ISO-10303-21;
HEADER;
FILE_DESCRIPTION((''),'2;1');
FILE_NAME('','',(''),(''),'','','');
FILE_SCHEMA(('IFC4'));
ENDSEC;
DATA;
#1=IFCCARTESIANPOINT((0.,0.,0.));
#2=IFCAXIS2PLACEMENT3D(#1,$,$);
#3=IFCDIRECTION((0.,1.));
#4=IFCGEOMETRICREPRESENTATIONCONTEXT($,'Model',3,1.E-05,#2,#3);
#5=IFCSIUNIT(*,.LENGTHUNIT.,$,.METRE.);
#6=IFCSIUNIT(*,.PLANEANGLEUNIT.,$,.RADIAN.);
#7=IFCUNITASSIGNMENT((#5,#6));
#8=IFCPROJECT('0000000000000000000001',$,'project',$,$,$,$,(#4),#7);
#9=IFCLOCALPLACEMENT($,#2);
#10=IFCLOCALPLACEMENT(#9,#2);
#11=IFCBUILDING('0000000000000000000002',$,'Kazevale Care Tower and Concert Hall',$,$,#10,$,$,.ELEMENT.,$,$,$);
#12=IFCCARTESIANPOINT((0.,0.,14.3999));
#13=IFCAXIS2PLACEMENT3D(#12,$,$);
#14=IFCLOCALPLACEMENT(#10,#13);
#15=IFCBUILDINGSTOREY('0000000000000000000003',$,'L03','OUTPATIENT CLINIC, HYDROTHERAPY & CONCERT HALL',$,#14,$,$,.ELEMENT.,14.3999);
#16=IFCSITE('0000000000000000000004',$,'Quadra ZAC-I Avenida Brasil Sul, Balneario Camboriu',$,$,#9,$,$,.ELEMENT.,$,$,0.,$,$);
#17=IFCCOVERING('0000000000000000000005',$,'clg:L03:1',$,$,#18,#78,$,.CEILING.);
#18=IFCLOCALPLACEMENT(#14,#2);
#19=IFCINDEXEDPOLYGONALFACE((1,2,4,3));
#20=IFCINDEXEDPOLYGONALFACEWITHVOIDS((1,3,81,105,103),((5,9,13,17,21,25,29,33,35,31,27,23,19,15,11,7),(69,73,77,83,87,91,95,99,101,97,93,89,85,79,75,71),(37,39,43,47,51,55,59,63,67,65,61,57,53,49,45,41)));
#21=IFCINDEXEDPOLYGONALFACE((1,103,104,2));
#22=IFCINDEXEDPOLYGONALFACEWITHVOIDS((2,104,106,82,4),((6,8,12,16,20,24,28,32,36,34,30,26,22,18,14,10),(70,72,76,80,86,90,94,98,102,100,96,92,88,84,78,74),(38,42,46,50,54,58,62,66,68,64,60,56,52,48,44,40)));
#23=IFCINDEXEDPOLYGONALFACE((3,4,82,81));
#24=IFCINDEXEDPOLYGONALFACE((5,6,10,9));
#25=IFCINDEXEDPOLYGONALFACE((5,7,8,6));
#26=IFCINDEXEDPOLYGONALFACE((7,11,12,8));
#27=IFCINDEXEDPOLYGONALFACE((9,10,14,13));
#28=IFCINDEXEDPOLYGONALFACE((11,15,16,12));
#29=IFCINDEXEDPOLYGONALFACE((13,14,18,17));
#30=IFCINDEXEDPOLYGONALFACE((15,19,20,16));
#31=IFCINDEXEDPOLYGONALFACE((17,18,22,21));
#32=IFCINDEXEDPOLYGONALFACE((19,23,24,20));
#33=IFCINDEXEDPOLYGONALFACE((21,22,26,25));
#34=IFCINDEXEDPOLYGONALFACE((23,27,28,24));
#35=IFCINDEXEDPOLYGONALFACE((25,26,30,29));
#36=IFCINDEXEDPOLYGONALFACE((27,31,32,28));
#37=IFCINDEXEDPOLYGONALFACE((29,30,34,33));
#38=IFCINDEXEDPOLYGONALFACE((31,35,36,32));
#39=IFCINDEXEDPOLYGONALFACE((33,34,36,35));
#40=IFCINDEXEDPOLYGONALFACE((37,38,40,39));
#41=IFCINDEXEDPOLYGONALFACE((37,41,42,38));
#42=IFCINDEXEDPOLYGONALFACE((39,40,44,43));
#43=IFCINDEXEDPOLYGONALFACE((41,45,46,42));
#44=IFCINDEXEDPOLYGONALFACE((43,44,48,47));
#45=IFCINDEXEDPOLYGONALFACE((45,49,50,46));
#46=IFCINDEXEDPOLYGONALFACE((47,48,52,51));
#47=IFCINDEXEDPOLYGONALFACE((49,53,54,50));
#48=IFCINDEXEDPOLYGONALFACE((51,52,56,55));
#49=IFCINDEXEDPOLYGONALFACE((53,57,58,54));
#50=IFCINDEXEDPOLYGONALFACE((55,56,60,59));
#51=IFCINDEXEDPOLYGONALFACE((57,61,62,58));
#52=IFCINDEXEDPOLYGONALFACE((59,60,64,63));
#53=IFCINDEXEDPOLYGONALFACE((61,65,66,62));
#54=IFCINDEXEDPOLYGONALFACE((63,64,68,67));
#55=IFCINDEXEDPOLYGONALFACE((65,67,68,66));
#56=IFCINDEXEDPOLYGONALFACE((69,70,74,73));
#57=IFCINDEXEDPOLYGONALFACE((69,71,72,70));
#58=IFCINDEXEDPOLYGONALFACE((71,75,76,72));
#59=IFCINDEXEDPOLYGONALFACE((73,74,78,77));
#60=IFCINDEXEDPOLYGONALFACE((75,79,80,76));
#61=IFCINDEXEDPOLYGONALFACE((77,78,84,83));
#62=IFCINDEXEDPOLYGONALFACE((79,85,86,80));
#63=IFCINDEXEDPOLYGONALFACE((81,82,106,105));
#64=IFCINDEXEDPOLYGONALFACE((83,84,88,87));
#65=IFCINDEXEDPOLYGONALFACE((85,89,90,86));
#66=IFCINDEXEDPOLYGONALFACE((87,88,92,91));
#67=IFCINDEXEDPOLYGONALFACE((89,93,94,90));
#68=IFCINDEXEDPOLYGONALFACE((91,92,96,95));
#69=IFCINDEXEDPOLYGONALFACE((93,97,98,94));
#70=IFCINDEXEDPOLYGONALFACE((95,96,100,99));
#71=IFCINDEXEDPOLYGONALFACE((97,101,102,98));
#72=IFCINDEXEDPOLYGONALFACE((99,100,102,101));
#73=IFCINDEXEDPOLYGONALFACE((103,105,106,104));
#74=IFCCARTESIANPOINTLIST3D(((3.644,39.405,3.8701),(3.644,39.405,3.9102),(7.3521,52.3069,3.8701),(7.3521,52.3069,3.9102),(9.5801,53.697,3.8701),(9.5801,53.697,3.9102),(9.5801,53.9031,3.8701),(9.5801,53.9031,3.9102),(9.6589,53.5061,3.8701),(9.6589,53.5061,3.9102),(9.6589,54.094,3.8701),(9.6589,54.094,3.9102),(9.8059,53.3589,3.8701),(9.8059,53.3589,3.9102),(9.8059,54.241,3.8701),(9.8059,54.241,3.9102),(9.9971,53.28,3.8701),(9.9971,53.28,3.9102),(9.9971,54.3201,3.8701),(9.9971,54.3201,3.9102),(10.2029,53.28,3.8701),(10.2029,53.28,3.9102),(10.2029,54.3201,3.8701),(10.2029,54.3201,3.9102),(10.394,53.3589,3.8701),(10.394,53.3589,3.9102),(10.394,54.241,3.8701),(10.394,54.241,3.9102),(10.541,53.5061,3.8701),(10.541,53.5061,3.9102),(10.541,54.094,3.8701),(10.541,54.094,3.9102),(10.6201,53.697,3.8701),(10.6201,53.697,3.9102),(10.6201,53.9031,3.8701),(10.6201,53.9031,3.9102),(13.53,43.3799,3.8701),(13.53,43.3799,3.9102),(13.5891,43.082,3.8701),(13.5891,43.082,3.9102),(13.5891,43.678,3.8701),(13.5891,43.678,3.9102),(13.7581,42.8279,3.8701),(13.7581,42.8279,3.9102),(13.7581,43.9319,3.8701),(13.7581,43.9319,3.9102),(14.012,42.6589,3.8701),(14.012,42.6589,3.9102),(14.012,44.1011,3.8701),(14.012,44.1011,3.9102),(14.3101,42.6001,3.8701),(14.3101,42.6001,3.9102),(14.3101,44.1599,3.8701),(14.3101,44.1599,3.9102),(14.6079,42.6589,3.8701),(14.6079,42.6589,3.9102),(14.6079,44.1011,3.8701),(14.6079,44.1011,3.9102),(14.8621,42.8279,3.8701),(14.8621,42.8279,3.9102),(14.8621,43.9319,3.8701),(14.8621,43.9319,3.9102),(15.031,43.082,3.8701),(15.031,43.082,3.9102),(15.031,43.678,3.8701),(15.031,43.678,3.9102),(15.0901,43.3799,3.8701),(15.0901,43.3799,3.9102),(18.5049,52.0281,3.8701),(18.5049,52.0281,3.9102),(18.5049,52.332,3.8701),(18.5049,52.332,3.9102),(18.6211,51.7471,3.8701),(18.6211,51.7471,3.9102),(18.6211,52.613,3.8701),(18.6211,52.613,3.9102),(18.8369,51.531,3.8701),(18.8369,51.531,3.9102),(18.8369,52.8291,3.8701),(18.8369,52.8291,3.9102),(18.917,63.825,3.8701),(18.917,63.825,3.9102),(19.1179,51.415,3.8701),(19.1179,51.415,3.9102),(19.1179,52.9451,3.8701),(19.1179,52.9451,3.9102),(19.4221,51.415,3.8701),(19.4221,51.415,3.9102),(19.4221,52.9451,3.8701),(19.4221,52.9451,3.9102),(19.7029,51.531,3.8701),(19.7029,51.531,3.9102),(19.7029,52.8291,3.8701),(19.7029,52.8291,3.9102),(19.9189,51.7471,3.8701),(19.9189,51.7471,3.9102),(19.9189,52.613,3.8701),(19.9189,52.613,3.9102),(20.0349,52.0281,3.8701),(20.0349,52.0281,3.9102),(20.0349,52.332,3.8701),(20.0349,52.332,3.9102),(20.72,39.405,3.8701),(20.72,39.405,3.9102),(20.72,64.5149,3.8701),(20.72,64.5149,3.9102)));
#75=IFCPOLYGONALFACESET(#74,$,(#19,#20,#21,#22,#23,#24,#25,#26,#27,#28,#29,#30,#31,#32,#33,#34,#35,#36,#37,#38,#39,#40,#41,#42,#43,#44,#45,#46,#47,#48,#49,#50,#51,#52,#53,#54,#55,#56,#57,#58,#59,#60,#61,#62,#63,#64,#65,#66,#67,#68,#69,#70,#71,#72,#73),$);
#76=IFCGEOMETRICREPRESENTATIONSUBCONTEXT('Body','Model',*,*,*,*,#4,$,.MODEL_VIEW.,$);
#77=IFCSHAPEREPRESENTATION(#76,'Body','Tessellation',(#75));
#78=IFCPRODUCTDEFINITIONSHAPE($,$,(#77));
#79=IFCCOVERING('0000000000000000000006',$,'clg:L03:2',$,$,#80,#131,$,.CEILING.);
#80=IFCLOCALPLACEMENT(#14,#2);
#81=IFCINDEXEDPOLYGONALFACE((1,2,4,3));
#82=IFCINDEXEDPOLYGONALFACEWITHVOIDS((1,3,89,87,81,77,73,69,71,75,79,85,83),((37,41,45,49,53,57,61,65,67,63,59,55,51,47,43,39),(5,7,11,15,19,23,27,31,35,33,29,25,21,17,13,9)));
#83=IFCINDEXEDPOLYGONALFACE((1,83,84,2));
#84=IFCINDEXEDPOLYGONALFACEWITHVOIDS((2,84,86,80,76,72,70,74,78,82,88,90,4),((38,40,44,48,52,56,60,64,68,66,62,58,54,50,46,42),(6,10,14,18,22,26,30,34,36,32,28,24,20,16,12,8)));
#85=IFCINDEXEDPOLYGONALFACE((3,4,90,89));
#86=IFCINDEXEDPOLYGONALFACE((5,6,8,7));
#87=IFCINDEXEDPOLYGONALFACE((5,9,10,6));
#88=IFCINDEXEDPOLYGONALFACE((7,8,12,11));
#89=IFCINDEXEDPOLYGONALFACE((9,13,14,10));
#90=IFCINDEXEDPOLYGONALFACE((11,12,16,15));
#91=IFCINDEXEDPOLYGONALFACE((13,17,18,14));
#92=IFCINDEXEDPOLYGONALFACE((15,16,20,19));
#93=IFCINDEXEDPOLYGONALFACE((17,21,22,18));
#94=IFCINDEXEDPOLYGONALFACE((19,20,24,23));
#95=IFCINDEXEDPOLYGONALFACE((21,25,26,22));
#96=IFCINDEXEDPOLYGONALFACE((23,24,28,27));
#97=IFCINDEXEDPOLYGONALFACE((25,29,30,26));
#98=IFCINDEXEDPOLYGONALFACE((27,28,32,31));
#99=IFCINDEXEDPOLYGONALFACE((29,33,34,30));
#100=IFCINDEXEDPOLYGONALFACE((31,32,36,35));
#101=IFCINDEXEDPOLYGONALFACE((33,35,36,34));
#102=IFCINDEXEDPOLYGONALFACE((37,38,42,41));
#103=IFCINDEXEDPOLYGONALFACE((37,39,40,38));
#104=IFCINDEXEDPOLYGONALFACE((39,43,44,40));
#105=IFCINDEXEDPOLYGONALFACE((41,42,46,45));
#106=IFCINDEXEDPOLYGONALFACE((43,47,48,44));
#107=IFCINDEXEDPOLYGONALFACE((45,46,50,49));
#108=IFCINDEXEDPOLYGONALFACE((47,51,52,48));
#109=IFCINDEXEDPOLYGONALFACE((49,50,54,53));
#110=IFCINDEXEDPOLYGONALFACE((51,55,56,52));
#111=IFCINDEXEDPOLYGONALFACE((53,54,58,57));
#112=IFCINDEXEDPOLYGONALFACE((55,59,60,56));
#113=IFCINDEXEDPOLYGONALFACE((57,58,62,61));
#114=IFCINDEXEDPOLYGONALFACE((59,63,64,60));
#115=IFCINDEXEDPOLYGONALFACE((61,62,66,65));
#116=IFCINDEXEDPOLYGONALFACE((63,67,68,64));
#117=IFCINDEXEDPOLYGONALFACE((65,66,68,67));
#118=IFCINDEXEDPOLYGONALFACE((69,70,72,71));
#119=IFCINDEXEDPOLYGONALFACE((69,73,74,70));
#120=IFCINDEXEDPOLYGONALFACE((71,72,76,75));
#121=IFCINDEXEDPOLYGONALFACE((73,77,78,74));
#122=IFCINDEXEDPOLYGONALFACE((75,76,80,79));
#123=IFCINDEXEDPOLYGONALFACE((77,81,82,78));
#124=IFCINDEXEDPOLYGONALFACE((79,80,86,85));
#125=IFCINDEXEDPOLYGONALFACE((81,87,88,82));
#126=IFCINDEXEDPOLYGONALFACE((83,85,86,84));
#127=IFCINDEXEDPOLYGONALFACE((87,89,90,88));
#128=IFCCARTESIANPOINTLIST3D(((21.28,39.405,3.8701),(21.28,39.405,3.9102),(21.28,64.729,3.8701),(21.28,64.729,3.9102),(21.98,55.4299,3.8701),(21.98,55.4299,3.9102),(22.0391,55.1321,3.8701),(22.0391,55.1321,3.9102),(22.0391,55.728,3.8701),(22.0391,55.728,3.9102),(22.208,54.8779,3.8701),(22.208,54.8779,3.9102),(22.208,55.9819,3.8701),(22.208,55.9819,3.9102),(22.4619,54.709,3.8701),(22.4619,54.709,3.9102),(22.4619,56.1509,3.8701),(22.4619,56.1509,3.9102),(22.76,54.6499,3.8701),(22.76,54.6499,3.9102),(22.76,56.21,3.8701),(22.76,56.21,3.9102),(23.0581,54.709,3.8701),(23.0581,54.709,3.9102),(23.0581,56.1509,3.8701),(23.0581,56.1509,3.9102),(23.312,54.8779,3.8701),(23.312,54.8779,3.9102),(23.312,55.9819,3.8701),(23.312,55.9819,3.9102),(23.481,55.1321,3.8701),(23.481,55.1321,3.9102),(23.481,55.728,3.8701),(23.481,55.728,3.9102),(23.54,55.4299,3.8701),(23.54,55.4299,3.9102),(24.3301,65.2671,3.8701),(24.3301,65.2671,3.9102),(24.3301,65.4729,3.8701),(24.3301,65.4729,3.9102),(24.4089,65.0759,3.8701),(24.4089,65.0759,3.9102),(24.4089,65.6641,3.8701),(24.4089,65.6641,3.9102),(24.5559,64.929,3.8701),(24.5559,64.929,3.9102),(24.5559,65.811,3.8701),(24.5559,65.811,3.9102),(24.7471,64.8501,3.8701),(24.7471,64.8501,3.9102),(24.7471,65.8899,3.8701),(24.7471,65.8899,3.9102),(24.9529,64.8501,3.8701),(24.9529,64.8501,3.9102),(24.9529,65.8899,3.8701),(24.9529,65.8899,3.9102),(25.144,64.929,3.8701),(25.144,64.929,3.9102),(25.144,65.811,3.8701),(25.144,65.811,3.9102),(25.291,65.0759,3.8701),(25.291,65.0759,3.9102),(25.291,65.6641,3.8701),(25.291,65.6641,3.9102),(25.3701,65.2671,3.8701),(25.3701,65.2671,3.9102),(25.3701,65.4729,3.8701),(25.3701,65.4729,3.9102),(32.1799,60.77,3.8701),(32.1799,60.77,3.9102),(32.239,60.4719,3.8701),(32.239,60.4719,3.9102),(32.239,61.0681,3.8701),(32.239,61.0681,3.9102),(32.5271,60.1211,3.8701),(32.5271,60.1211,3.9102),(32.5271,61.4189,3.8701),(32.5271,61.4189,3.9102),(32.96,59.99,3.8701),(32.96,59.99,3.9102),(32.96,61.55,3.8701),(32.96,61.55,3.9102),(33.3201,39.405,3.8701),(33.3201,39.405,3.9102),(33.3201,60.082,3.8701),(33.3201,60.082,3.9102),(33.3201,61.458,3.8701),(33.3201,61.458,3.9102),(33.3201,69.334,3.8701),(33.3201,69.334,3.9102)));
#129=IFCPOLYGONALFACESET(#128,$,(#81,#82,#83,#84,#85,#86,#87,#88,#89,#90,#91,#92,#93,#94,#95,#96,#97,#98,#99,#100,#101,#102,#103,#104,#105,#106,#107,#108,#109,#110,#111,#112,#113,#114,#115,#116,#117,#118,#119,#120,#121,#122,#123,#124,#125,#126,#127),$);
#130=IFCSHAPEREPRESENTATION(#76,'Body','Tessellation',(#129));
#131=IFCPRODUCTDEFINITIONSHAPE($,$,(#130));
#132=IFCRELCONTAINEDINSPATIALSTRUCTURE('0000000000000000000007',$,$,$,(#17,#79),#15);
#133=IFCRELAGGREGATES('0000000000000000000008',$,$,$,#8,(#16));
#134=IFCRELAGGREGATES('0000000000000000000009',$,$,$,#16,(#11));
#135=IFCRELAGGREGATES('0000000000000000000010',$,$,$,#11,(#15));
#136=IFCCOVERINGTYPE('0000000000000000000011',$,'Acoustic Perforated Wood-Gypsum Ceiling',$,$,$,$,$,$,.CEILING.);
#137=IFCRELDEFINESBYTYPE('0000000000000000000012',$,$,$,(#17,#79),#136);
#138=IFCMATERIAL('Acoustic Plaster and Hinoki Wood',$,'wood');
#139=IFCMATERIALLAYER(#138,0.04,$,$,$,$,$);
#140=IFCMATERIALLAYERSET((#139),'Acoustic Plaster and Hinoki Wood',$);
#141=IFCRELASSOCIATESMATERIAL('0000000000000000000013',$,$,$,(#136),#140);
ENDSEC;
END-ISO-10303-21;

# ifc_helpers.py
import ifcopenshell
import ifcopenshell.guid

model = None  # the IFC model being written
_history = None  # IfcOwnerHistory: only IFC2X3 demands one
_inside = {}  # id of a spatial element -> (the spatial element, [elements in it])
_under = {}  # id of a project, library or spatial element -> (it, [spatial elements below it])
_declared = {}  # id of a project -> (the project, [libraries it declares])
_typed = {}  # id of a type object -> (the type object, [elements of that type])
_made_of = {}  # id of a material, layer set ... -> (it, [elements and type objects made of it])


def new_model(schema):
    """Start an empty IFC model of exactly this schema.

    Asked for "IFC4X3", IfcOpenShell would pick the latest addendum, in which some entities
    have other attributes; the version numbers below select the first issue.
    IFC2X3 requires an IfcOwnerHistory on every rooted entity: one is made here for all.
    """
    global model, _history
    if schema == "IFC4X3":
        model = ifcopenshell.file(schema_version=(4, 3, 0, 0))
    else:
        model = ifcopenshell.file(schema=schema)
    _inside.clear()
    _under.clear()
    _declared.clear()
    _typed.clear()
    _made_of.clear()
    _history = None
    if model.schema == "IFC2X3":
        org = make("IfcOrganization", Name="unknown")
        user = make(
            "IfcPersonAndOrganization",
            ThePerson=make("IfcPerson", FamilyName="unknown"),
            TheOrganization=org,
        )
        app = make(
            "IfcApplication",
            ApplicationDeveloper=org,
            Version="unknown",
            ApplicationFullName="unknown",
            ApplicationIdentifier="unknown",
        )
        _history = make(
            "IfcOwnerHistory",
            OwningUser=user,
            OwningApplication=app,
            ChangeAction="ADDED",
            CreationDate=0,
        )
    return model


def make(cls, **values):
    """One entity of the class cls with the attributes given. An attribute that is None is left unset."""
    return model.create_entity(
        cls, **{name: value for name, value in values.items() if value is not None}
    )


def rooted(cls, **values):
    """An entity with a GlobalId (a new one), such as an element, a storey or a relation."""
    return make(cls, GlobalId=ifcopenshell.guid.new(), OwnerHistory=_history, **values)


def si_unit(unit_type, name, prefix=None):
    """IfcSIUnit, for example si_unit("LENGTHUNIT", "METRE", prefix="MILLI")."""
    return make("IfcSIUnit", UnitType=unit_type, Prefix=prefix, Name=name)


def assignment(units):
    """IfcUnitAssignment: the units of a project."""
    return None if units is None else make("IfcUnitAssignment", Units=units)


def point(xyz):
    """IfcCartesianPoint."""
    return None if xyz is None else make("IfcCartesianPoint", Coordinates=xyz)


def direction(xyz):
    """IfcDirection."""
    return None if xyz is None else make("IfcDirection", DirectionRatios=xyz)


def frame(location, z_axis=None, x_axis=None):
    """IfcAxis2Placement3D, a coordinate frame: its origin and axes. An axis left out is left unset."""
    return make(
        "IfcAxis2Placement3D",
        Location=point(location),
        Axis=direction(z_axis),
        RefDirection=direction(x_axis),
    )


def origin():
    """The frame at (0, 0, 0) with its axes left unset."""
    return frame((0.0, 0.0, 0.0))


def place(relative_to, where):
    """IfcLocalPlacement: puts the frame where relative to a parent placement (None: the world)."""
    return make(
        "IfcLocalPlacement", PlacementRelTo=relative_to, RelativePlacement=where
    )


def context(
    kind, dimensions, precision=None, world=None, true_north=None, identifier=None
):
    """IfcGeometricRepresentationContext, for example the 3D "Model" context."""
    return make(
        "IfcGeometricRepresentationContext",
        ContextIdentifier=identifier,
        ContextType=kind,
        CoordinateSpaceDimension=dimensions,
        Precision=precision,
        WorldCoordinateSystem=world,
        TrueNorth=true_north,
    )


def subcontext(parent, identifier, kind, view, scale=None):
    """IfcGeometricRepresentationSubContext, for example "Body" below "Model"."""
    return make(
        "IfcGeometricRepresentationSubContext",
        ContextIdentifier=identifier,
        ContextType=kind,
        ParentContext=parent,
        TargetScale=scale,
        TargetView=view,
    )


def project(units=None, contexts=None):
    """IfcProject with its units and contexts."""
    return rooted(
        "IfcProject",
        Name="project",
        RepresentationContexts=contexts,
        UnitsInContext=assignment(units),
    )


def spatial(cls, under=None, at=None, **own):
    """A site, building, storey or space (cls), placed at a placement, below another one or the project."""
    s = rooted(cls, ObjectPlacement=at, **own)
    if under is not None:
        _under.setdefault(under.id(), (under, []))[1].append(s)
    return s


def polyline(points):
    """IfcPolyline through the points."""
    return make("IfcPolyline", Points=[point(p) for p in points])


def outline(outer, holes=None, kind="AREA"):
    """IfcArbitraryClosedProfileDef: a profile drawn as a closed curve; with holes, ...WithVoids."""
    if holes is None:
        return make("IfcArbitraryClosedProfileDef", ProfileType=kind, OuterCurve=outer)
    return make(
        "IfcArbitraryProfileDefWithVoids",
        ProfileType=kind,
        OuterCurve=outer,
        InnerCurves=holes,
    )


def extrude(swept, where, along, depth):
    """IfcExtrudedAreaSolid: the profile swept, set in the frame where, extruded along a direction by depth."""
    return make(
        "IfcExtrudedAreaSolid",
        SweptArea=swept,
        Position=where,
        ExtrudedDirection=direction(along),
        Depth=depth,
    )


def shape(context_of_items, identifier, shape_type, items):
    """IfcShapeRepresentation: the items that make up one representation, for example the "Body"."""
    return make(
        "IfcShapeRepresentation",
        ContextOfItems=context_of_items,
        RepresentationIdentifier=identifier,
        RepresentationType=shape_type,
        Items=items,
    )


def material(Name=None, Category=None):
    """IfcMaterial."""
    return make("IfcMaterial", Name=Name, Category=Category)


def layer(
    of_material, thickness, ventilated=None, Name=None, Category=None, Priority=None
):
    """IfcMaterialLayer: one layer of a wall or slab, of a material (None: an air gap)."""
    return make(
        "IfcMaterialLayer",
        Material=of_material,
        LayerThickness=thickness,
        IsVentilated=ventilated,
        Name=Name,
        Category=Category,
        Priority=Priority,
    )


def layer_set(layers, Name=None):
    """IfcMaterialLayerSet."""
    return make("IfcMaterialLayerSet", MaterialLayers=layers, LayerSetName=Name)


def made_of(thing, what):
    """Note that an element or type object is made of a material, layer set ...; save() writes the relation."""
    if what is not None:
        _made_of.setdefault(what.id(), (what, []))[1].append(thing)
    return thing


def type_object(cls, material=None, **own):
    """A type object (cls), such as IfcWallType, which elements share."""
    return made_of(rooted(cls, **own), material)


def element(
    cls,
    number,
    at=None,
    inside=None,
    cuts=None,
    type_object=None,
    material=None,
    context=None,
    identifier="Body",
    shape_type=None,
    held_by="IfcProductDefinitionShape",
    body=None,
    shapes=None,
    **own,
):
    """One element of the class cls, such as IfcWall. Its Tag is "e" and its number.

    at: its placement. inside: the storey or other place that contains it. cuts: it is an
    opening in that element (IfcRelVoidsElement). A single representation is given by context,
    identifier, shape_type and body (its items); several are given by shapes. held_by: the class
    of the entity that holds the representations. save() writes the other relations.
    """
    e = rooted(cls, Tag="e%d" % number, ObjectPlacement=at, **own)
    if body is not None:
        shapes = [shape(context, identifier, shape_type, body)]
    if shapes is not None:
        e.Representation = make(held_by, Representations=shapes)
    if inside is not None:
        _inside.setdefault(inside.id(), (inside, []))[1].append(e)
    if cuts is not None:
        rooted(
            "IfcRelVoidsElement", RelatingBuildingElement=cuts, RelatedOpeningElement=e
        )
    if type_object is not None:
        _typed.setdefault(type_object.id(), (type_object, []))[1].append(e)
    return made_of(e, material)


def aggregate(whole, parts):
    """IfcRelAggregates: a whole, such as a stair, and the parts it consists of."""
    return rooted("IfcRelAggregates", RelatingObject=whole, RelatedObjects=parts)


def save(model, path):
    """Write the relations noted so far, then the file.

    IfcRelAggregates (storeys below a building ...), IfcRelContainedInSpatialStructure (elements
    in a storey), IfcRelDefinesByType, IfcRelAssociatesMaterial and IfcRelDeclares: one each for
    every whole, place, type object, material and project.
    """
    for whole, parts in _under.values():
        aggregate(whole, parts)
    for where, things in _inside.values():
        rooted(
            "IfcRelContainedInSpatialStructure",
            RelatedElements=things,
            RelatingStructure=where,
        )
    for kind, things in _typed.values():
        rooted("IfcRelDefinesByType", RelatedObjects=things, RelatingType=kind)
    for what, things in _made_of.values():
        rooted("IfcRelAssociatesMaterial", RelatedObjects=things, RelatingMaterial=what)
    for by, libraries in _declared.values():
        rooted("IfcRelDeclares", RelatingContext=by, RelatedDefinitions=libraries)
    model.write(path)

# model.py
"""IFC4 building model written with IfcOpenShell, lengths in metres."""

from ifc_helpers import new_model, si_unit, direction, frame, origin, place, context, subcontext, project, spatial, polyline, outline, extrude, material, layer, layer_set, type_object, element, save


model = new_model("IFC4")

# Units and contexts
model_context = context("Model", 3, precision=1e-05, world=origin(), true_north=direction((0.0, 1.0)))
body_context = subcontext(model_context, "Body", "Model", "MODEL_VIEW")
ifc_project = project(units=[si_unit("LENGTHUNIT", "METRE"), si_unit("PLANEANGLEUNIT", "RADIAN")], contexts=[model_context])

# Site, building, storey
site_placement = place(None, origin())
site = spatial("IfcSite", under=ifc_project, at=site_placement, Name="Quadra ZAC-I Avenida Brasil Sul, Balneario Camboriu", CompositionType="ELEMENT", RefElevation=0.0)
building_placement = place(site_placement, origin())
building = spatial("IfcBuilding", under=site, at=building_placement, Name="Kazevale Care Tower and Concert Hall", CompositionType="ELEMENT")
storey_placement = place(building_placement, frame((0.0, 0.0, 14.3999)))
storey = spatial("IfcBuildingStorey", under=building, at=storey_placement, Name="L03", Description="OUTPATIENT CLINIC, HYDROTHERAPY & CONCERT HALL", CompositionType="ELEMENT", Elevation=14.3999)

# Coverings
ifc_material_1 = material(Name="Acoustic Plaster and Hinoki Wood", Category="wood")
ifc_layer_1 = layer(ifc_material_1, 0.04)
ifc_layer_set_1 = layer_set([ifc_layer_1], Name="Acoustic Plaster and Hinoki Wood")
covering_type_1 = type_object("IfcCoveringType", Name="Acoustic Perforated Wood-Gypsum Ceiling", PredefinedType="CEILING", material=ifc_layer_set_1)
covering_1_placement = place(storey_placement, frame((0.0, 0.0, 3.8701)))
element("IfcCovering", 1, at=covering_1_placement, inside=storey, type_object=covering_type_1, Name="clg:L03:1", PredefinedType="CEILING", context=body_context, shape_type="SweptSolid", body=[
    extrude(outline(polyline([(3.644, 39.405), (7.3521, 52.3069), (18.917, 63.825), (20.72, 64.5149), (20.72, 39.405), (3.644, 39.405)]), holes=[polyline([(19.9189, 52.613), (19.7029, 52.8291), (19.4221, 52.9451), (19.1179, 52.9451), (18.8369, 52.8291), (18.6211, 52.613), (18.5049, 52.332), (18.5049, 52.0281), (18.6211, 51.7471), (18.8369, 51.531), (19.1179, 51.415), (19.4221, 51.415), (19.7029, 51.531), (19.9189, 51.7471), (20.0349, 52.0281), (20.0349, 52.332), (19.9189, 52.613)]), polyline([(15.031, 43.678), (14.8621, 43.9319), (14.6079, 44.1011), (14.3101, 44.1599), (14.012, 44.1011), (13.7581, 43.9319), (13.5891, 43.678), (13.53, 43.3799), (13.5891, 43.082), (13.7581, 42.8279), (14.012, 42.6589), (14.3101, 42.6001), (14.6079, 42.6589), (14.8621, 42.8279), (15.031, 43.082), (15.0901, 43.3799), (15.031, 43.678)]), polyline([(10.6201, 53.9031), (10.541, 54.094), (10.394, 54.241), (10.2029, 54.3201), (9.9971, 54.3201), (9.8059, 54.241), (9.6589, 54.094), (9.5801, 53.9031), (9.5801, 53.697), (9.6589, 53.5061), (9.8059, 53.3589), (9.9971, 53.28), (10.2029, 53.28), (10.394, 53.3589), (10.541, 53.5061), (10.6201, 53.697), (10.6201, 53.9031)])]), origin(), (0.0, 0.0, 1.0), 0.04),
])
covering_2_placement = place(storey_placement, frame((0.0, 0.0, 3.8701)))
element("IfcCovering", 2, at=covering_2_placement, inside=storey, type_object=covering_type_1, Name="clg:L03:2", PredefinedType="CEILING", context=body_context, shape_type="SweptSolid", body=[
    extrude(outline(polyline([(33.3201, 61.458), (32.96, 61.55), (32.5271, 61.4189), (32.239, 61.0681), (32.1799, 60.77), (32.239, 60.4719), (32.5271, 60.1211), (32.96, 59.99), (33.3201, 60.082), (33.3201, 39.405), (21.28, 39.405), (21.28, 64.729), (33.3201, 69.334), (33.3201, 61.458)]), holes=[polyline([(23.481, 55.728), (23.312, 55.9819), (23.0581, 56.1509), (22.76, 56.21), (22.4619, 56.1509), (22.208, 55.9819), (22.0391, 55.728), (21.98, 55.4299), (22.0391, 55.1321), (22.208, 54.8779), (22.4619, 54.709), (22.76, 54.6499), (23.0581, 54.709), (23.312, 54.8779), (23.481, 55.1321), (23.54, 55.4299), (23.481, 55.728)]), polyline([(25.3701, 65.4729), (25.291, 65.6641), (25.144, 65.811), (24.9529, 65.8899), (24.7471, 65.8899), (24.5559, 65.811), (24.4089, 65.6641), (24.3301, 65.4729), (24.3301, 65.2671), (24.4089, 65.0759), (24.5559, 64.929), (24.7471, 64.8501), (24.9529, 64.8501), (25.144, 64.929), (25.291, 65.0759), (25.3701, 65.2671), (25.3701, 65.4729)])]), origin(), (0.0, 0.0, 1.0), 0.04),
])

save(model, "model.ifc")
